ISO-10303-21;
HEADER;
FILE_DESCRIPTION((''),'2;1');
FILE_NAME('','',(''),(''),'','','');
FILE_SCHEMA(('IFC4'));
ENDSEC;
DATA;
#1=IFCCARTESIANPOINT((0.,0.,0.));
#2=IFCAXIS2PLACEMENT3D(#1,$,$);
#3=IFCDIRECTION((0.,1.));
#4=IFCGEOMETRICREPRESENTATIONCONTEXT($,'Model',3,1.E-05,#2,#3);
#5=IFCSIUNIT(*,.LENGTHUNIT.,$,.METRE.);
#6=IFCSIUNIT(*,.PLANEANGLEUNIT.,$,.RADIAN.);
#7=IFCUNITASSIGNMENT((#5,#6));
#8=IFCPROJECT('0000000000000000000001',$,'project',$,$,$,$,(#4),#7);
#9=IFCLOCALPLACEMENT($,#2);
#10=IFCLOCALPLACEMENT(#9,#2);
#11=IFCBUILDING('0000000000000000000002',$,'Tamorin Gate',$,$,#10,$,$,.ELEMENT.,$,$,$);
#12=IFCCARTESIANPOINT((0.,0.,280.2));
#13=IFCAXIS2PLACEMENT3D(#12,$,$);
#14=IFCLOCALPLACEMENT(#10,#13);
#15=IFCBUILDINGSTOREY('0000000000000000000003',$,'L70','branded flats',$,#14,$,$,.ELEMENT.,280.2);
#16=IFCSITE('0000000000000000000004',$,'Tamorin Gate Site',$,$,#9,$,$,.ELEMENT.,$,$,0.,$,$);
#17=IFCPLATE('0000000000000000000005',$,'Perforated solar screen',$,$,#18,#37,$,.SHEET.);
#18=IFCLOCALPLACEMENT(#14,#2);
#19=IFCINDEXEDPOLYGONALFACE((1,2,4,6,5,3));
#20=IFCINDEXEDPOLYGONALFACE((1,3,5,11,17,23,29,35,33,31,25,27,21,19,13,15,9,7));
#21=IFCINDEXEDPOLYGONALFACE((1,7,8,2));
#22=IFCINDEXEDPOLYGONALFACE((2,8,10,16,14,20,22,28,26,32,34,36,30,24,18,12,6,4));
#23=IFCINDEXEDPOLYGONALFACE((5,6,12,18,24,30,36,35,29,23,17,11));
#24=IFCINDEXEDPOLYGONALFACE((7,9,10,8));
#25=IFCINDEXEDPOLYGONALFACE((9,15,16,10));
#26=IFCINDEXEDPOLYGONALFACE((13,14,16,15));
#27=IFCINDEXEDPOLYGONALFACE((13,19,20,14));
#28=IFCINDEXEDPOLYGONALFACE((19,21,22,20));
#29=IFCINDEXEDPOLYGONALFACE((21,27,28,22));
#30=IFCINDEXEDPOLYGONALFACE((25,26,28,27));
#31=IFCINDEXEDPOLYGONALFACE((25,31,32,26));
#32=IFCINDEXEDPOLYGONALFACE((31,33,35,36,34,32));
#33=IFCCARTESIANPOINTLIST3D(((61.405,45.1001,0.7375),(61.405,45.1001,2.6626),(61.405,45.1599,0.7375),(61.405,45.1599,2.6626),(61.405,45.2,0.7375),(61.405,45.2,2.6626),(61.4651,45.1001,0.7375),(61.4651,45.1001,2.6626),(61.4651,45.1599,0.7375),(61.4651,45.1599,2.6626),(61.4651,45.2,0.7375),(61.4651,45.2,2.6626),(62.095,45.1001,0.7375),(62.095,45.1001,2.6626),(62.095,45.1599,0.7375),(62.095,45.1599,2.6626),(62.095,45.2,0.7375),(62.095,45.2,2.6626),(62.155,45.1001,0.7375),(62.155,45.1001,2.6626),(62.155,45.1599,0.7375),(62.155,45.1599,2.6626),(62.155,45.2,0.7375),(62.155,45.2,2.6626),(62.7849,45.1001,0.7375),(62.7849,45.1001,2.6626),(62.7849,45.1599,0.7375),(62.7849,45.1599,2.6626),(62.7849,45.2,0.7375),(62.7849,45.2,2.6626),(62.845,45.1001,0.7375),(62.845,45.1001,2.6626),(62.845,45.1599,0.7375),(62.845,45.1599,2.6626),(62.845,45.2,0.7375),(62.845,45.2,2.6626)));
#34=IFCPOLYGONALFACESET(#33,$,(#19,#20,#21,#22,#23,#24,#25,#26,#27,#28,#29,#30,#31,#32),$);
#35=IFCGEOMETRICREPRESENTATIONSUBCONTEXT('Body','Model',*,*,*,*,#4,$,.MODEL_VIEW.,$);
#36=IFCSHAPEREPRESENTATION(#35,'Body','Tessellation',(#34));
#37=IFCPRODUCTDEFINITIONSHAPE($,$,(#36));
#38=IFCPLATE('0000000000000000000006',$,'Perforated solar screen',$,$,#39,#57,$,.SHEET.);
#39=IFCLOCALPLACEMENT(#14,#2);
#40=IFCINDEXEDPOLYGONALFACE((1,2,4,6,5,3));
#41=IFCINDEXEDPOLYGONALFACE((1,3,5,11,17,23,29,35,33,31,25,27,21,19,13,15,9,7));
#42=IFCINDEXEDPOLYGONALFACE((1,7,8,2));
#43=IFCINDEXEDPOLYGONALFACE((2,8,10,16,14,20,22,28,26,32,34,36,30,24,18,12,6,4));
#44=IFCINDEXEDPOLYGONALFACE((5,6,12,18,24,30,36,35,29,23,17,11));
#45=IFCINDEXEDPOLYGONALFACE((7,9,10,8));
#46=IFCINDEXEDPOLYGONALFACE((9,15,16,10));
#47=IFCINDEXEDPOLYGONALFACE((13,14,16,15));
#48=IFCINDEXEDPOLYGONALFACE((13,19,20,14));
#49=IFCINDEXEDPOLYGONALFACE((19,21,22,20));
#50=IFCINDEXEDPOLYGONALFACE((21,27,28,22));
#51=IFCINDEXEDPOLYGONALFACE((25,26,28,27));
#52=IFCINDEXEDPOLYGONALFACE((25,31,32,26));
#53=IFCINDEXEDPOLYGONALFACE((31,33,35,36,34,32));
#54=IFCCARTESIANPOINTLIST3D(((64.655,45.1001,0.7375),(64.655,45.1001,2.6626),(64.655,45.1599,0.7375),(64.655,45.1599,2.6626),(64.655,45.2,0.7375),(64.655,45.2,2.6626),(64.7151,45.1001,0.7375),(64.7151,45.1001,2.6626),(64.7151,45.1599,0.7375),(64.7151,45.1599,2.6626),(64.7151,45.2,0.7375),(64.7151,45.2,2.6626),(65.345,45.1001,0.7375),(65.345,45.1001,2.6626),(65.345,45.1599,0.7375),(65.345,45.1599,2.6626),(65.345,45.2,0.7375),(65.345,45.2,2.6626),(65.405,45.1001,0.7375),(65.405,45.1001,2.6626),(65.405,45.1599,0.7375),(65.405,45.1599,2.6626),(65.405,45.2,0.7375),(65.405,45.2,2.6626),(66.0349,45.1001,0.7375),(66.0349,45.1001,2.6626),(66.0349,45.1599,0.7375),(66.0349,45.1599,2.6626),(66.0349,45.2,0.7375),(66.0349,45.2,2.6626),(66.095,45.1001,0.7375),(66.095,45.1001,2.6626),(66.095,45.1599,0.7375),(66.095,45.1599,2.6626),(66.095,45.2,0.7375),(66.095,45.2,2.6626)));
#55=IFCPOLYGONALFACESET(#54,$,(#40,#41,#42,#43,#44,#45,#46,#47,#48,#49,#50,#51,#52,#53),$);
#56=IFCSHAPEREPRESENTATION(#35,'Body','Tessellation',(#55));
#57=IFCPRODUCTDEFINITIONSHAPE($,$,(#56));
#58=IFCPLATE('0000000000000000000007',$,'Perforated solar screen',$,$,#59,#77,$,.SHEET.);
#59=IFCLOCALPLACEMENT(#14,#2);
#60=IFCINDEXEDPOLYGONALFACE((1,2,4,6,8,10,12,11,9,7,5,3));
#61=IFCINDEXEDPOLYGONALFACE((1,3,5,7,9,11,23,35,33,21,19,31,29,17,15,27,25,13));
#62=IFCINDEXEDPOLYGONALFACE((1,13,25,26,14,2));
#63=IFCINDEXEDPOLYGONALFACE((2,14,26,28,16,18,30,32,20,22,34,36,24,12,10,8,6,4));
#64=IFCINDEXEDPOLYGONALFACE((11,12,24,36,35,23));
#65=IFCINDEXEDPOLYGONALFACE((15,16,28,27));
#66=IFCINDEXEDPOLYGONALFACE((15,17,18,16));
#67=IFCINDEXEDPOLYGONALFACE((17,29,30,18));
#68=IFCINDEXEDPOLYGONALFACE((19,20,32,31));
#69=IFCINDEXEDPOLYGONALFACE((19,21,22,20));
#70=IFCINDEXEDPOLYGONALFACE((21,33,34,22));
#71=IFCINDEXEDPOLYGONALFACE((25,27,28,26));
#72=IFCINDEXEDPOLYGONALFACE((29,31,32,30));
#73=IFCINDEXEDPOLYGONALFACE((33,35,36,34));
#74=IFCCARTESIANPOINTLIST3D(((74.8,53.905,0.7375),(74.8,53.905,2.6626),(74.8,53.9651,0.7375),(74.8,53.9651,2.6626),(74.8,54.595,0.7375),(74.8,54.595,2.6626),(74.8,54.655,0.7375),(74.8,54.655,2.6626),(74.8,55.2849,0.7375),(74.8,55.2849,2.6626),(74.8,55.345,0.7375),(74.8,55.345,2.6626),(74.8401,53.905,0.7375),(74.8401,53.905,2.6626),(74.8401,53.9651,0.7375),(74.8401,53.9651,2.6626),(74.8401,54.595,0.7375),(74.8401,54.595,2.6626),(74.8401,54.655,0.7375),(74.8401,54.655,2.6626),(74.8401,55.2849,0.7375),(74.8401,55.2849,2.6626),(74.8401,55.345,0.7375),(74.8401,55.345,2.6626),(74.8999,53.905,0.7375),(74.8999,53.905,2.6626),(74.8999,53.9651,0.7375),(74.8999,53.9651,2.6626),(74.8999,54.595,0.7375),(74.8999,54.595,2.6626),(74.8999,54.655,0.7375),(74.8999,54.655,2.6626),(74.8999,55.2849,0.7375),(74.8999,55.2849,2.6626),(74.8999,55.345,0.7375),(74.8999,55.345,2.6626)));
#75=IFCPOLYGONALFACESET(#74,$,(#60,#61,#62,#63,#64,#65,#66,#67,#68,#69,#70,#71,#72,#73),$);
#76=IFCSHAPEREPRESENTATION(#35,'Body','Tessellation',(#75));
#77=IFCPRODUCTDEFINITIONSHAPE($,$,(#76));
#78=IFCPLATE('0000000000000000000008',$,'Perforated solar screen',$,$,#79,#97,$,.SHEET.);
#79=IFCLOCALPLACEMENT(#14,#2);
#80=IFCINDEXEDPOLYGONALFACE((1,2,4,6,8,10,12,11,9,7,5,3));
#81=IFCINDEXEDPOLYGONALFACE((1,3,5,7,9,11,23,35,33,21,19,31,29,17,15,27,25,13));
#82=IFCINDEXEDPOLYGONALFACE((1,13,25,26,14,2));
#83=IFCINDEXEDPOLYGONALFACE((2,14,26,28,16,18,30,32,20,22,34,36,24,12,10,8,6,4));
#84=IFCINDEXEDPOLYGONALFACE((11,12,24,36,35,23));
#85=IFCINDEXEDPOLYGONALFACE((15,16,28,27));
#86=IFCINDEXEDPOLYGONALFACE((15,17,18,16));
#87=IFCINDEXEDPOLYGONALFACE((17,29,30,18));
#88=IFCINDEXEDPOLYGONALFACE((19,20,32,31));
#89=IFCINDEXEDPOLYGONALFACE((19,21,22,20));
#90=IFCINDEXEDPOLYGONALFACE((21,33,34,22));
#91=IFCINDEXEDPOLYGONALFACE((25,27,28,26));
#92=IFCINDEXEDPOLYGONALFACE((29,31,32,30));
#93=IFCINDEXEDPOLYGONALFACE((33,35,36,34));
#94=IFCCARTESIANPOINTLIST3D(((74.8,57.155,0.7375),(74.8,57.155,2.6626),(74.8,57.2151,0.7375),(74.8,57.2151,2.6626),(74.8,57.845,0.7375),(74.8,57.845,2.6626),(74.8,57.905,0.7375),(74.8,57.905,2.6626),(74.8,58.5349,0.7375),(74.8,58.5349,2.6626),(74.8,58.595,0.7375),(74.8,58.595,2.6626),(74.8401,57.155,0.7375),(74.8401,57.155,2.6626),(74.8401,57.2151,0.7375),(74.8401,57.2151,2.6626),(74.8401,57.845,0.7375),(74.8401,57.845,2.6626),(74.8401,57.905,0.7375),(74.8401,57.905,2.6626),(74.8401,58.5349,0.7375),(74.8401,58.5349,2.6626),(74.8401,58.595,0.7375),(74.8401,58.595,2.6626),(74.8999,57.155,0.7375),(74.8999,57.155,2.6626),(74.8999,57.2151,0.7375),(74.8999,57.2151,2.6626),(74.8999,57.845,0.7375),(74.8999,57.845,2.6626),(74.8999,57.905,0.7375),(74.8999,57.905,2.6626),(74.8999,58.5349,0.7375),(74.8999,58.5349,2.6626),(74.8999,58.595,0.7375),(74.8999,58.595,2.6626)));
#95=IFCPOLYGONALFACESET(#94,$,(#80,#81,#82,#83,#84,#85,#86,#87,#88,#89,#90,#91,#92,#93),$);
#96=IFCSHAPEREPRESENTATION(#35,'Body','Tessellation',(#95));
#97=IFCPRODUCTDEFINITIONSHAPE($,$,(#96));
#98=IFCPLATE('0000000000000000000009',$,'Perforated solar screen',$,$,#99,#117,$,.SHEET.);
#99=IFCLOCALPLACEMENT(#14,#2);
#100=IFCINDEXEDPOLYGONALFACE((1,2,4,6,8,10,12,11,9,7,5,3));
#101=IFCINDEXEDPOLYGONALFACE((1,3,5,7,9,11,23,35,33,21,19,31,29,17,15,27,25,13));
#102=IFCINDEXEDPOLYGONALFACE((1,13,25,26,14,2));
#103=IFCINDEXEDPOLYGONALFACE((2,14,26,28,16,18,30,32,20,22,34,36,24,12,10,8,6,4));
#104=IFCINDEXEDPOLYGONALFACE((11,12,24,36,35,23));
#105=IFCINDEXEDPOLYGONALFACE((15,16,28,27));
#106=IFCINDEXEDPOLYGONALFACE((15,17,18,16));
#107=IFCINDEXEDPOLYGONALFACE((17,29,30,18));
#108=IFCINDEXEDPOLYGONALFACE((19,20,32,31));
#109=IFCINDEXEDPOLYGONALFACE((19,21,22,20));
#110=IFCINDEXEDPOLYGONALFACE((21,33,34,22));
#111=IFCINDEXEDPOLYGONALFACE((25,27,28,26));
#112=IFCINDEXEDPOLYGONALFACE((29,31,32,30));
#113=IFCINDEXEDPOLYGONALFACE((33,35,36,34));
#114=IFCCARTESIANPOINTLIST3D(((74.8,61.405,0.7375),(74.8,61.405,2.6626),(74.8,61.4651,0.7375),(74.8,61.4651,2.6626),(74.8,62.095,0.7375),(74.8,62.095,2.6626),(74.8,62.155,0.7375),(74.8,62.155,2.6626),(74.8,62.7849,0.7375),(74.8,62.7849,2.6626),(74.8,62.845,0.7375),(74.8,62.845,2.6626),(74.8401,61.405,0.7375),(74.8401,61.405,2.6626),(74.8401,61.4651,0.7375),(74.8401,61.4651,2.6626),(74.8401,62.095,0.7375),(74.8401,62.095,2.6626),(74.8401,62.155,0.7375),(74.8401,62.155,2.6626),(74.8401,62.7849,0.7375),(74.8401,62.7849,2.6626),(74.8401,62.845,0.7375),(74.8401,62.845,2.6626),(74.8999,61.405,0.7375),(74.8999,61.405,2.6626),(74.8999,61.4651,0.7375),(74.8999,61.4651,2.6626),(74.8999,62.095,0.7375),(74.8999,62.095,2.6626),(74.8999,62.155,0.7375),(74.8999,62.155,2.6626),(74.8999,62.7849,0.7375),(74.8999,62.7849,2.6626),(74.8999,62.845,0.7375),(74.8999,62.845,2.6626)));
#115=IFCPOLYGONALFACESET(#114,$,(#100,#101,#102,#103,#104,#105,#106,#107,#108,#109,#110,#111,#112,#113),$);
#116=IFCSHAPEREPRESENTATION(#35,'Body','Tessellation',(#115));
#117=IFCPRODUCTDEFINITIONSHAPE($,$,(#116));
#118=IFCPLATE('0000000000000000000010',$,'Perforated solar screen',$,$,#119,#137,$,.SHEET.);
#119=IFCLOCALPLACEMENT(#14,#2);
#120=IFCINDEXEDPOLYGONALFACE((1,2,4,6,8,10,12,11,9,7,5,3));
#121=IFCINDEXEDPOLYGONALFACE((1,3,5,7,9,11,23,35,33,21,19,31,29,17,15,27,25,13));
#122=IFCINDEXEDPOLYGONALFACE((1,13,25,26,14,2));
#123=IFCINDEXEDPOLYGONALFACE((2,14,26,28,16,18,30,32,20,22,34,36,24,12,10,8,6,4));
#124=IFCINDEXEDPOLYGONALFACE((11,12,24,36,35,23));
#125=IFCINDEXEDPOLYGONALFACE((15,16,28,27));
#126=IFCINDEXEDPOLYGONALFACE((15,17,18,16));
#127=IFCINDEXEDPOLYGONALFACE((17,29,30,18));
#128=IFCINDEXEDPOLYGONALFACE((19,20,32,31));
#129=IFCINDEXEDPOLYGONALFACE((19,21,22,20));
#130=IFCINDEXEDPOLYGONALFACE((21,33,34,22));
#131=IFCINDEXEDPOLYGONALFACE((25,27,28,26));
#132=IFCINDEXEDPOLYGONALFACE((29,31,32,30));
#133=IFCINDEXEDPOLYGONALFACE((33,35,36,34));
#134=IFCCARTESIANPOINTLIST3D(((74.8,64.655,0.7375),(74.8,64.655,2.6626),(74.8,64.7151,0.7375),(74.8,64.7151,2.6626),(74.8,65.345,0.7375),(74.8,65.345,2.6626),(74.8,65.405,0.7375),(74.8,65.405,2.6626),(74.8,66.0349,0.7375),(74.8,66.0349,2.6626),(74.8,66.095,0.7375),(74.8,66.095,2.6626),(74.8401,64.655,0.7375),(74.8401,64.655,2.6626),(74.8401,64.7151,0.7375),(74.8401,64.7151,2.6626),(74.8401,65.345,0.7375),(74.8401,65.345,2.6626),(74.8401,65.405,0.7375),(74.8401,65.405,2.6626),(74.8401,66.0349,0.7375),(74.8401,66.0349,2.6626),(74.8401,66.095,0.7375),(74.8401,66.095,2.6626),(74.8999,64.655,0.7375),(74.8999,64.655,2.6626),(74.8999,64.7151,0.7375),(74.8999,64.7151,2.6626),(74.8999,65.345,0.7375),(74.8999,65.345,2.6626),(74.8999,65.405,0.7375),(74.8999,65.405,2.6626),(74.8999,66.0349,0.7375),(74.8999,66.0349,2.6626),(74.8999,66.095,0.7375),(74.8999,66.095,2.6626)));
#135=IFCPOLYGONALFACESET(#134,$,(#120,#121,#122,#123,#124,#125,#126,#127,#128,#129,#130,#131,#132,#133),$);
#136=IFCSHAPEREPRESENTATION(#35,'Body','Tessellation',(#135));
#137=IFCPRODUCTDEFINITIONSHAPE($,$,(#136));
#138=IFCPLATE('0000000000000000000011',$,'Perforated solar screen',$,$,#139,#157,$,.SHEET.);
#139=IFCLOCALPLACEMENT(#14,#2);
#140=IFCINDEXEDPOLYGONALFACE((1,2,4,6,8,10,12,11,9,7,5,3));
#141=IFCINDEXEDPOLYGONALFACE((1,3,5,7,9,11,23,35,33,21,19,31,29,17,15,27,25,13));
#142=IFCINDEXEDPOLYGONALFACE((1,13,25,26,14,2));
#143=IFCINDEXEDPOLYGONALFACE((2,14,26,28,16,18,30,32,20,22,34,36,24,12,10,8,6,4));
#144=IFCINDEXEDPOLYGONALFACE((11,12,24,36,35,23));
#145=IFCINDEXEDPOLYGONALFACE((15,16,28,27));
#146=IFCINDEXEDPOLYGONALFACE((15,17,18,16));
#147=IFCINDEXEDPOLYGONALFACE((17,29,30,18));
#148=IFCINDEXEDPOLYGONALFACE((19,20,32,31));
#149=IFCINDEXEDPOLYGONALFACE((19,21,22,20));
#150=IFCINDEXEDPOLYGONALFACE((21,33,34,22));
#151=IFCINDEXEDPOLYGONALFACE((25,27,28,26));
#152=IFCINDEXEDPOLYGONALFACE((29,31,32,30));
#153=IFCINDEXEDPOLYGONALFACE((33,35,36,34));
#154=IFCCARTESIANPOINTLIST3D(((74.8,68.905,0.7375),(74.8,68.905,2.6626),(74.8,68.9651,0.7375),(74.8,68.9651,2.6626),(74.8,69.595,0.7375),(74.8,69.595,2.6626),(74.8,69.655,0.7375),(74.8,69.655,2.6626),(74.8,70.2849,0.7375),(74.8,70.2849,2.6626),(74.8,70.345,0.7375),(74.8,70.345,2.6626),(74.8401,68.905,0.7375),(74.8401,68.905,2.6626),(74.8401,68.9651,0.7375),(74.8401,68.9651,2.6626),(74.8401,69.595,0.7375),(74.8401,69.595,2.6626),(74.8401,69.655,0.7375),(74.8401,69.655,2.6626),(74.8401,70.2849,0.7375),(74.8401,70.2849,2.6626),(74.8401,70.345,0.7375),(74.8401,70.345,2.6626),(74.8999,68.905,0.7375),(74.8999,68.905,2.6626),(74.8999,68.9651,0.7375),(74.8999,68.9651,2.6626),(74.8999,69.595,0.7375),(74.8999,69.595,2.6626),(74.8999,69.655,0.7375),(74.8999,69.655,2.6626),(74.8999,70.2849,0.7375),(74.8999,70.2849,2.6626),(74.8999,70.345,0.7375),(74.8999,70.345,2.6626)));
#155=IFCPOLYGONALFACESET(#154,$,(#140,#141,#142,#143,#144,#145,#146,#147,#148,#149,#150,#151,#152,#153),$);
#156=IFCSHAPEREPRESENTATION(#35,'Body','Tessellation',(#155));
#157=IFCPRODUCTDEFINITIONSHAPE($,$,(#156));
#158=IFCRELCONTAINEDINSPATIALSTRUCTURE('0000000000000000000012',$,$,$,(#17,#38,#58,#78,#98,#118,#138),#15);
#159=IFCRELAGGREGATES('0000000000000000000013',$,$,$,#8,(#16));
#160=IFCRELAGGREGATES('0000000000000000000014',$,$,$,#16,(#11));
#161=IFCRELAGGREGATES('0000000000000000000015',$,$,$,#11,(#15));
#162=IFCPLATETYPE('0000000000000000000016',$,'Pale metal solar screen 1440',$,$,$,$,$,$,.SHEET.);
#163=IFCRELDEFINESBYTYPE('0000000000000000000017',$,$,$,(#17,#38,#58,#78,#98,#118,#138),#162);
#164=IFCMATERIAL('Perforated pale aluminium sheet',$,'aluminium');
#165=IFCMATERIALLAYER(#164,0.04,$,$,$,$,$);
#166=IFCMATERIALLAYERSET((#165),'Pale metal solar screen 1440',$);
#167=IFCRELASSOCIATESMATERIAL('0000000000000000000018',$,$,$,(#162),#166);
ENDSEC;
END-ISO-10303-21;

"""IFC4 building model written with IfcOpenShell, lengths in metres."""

from ifc_helpers import new_model, si_unit, direction, frame, origin, place, context, subcontext, project, spatial, polyline, outline, extrude, material, layer, layer_set, type_object, element, save


model = new_model("IFC4")

# Units and contexts
model_context = context("Model", 3, precision=1e-05, world=origin(), true_north=direction((0.0, 1.0)))
body_context = subcontext(model_context, "Body", "Model", "MODEL_VIEW")
ifc_project = project(units=[si_unit("LENGTHUNIT", "METRE"), si_unit("PLANEANGLEUNIT", "RADIAN")], contexts=[model_context])

# Site, building, storey
site_placement = place(None, origin())
site = spatial("IfcSite", under=ifc_project, at=site_placement, Name="Tamorin Gate Site", CompositionType="ELEMENT", RefElevation=0.0)
building_placement = place(site_placement, origin())
building = spatial("IfcBuilding", under=site, at=building_placement, Name="Tamorin Gate", CompositionType="ELEMENT")
storey_placement = place(building_placement, frame((0.0, 0.0, 280.2)))
storey = spatial("IfcBuildingStorey", under=building, at=storey_placement, Name="L70", Description="branded flats", CompositionType="ELEMENT", Elevation=280.2)

# Plates
ifc_material_1 = material(Name="Perforated pale aluminium sheet", Category="aluminium")
ifc_layer_1 = layer(ifc_material_1, 0.04)
ifc_layer_set_1 = layer_set([ifc_layer_1], Name="Pale metal solar screen 1440")
plate_type = type_object("IfcPlateType", Name="Pale metal solar screen 1440", PredefinedType="SHEET", material=ifc_layer_set_1)
plate_1_placement = place(storey_placement, frame((0.0, 0.0, 0.7375)))
element("IfcPlate", 1, at=plate_1_placement, inside=storey, type_object=plate_type, Name="Perforated solar screen", PredefinedType="SHEET", context=body_context, shape_type="SweptSolid", body=[
    extrude(outline(polyline([(61.405, 45.1599), (61.405, 45.2), (61.4651, 45.2), (62.095, 45.2), (62.155, 45.2), (62.7849, 45.2), (62.845, 45.2), (62.845, 45.1599), (62.845, 45.1001), (62.7849, 45.1001), (62.7849, 45.1599), (62.155, 45.1599), (62.155, 45.1001), (62.095, 45.1001), (62.095, 45.1599), (61.4651, 45.1599), (61.4651, 45.1001), (61.405, 45.1001), (61.405, 45.1599)])), origin(), (0.0, 0.0, 1.0), 1.925),
])
plate_2_placement = place(storey_placement, frame((0.0, 0.0, 0.7375)))
element("IfcPlate", 2, at=plate_2_placement, inside=storey, type_object=plate_type, Name="Perforated solar screen", PredefinedType="SHEET", context=body_context, shape_type="SweptSolid", body=[
    extrude(outline(polyline([(64.655, 45.1599), (64.655, 45.2), (64.7151, 45.2), (65.345, 45.2), (65.405, 45.2), (66.0349, 45.2), (66.095, 45.2), (66.095, 45.1599), (66.095, 45.1001), (66.0349, 45.1001), (66.0349, 45.1599), (65.405, 45.1599), (65.405, 45.1001), (65.345, 45.1001), (65.345, 45.1599), (64.7151, 45.1599), (64.7151, 45.1001), (64.655, 45.1001), (64.655, 45.1599)])), origin(), (0.0, 0.0, 1.0), 1.925),
])
plate_3_placement = place(storey_placement, frame((0.0, 0.0, 0.7375)))
element("IfcPlate", 3, at=plate_3_placement, inside=storey, type_object=plate_type, Name="Perforated solar screen", PredefinedType="SHEET", context=body_context, shape_type="SweptSolid", body=[
    extrude(outline(polyline([(74.8401, 53.905), (74.8, 53.905), (74.8, 53.9651), (74.8, 54.595), (74.8, 54.655), (74.8, 55.2849), (74.8, 55.345), (74.8, 55.345), (74.8401, 55.345), (74.8401, 55.345), (74.8999, 55.345), (74.8999, 55.2849), (74.8401, 55.2849), (74.8401, 54.655), (74.8999, 54.655), (74.8999, 54.595), (74.8401, 54.595), (74.8401, 53.9651), (74.8999, 53.9651), (74.8999, 53.905), (74.8401, 53.905)])), origin(), (0.0, 0.0, 1.0), 1.925),
])
plate_4_placement = place(storey_placement, frame((0.0, 0.0, 0.7375)))
element("IfcPlate", 4, at=plate_4_placement, inside=storey, type_object=plate_type, Name="Perforated solar screen", PredefinedType="SHEET", context=body_context, shape_type="SweptSolid", body=[
    extrude(outline(polyline([(74.8401, 57.155), (74.8, 57.155), (74.8, 57.2151), (74.8, 57.845), (74.8, 57.905), (74.8, 58.5349), (74.8, 58.595), (74.8, 58.595), (74.8401, 58.595), (74.8401, 58.595), (74.8999, 58.595), (74.8999, 58.5349), (74.8401, 58.5349), (74.8401, 57.905), (74.8999, 57.905), (74.8999, 57.845), (74.8401, 57.845), (74.8401, 57.2151), (74.8999, 57.2151), (74.8999, 57.155), (74.8401, 57.155)])), origin(), (0.0, 0.0, 1.0), 1.925),
])
plate_5_placement = place(storey_placement, frame((0.0, 0.0, 0.7375)))
element("IfcPlate", 5, at=plate_5_placement, inside=storey, type_object=plate_type, Name="Perforated solar screen", PredefinedType="SHEET", context=body_context, shape_type="SweptSolid", body=[
    extrude(outline(polyline([(74.8401, 61.405), (74.8, 61.405), (74.8, 61.4651), (74.8, 62.095), (74.8, 62.155), (74.8, 62.7849), (74.8, 62.845), (74.8401, 62.845), (74.8999, 62.845), (74.8999, 62.7849), (74.8401, 62.7849), (74.8401, 62.155), (74.8999, 62.155), (74.8999, 62.095), (74.8401, 62.095), (74.8401, 61.4651), (74.8999, 61.4651), (74.8999, 61.405), (74.8401, 61.405)])), origin(), (0.0, 0.0, 1.0), 1.925),
])
plate_6_placement = place(storey_placement, frame((0.0, 0.0, 0.7375)))
element("IfcPlate", 6, at=plate_6_placement, inside=storey, type_object=plate_type, Name="Perforated solar screen", PredefinedType="SHEET", context=body_context, shape_type="SweptSolid", body=[
    extrude(outline(polyline([(74.8401, 64.655), (74.8, 64.655), (74.8, 64.7151), (74.8, 65.345), (74.8, 65.405), (74.8, 66.0349), (74.8, 66.095), (74.8401, 66.095), (74.8999, 66.095), (74.8999, 66.0349), (74.8401, 66.0349), (74.8401, 65.405), (74.8999, 65.405), (74.8999, 65.345), (74.8401, 65.345), (74.8401, 64.7151), (74.8999, 64.7151), (74.8999, 64.655), (74.8401, 64.655)])), origin(), (0.0, 0.0, 1.0), 1.925),
])
plate_7_placement = place(storey_placement, frame((0.0, 0.0, 0.7375)))
element("IfcPlate", 7, at=plate_7_placement, inside=storey, type_object=plate_type, Name="Perforated solar screen", PredefinedType="SHEET", context=body_context, shape_type="SweptSolid", body=[
    extrude(outline(polyline([(74.8401, 68.905), (74.8, 68.905), (74.8, 68.9651), (74.8, 69.595), (74.8, 69.655), (74.8, 70.2849), (74.8, 70.345), (74.8401, 70.345), (74.8999, 70.345), (74.8999, 70.2849), (74.8401, 70.2849), (74.8401, 69.655), (74.8999, 69.655), (74.8999, 69.595), (74.8401, 69.595), (74.8401, 68.9651), (74.8999, 68.9651), (74.8999, 68.905), (74.8401, 68.905)])), origin(), (0.0, 0.0, 1.0), 1.925),
])

save(model, "model.ifc")
